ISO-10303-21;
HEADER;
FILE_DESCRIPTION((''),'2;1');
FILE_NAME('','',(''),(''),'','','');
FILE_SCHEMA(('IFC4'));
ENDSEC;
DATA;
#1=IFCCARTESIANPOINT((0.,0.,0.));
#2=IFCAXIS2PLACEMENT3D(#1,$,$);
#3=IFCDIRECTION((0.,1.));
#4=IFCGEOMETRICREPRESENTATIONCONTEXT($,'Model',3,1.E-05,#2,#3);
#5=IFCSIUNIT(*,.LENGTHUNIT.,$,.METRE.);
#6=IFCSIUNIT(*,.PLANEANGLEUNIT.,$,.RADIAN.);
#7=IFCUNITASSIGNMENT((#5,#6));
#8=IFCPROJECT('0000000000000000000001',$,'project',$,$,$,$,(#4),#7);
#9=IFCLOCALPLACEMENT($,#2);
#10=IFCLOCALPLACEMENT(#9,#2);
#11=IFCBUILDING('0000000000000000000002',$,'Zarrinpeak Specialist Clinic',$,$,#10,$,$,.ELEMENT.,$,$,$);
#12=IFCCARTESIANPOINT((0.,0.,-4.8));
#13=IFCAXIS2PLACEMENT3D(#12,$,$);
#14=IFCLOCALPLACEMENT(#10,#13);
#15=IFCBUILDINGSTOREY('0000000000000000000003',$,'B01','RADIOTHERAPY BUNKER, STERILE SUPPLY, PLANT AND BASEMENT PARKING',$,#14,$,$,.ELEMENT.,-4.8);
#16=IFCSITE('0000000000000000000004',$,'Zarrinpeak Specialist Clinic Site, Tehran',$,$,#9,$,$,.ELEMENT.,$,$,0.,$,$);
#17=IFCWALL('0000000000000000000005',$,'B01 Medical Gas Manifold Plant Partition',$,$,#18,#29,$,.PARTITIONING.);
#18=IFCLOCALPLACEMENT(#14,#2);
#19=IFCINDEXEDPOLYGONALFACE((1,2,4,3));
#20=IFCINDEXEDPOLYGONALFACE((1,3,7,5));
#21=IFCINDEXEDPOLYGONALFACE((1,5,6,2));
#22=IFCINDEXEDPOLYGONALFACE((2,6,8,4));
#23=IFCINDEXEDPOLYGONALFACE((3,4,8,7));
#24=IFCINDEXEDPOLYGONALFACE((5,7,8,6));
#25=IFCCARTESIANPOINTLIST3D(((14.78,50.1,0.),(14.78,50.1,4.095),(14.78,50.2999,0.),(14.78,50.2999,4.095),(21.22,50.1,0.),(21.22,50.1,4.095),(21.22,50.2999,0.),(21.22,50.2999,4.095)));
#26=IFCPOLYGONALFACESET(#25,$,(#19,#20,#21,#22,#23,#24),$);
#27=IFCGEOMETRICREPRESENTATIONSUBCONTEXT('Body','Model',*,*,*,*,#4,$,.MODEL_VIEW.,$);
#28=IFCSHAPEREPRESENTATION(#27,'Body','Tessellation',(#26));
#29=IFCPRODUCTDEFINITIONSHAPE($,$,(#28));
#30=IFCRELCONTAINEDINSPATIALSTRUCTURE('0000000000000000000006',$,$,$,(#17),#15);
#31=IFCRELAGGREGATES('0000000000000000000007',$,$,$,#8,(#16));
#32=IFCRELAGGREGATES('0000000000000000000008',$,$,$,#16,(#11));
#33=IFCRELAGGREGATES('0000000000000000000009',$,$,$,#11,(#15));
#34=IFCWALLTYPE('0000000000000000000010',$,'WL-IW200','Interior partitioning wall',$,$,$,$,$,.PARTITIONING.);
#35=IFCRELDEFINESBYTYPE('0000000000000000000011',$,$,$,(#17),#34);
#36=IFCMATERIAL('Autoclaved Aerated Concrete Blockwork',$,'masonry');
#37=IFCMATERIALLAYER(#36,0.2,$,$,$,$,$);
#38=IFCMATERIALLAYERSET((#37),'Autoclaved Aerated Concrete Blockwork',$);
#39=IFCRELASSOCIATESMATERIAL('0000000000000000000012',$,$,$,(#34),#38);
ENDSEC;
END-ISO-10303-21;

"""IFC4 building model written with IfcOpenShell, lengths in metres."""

from ifc_helpers import new_model, si_unit, direction, frame, frame_2d, origin, place, context, subcontext, project, spatial, rectangle, extrude, material, layer, layer_set, type_object, element, save


model = new_model("IFC4")

# Units and contexts
model_context = context("Model", 3, precision=1e-05, world=origin(), true_north=direction((0.0, 1.0)))
body_context = subcontext(model_context, "Body", "Model", "MODEL_VIEW")
ifc_project = project(units=[si_unit("LENGTHUNIT", "METRE"), si_unit("PLANEANGLEUNIT", "RADIAN")], contexts=[model_context])

# Site, building, storey
site_placement = place(None, origin())
site = spatial("IfcSite", under=ifc_project, at=site_placement, Name="Zarrinpeak Specialist Clinic Site, Tehran", CompositionType="ELEMENT", RefElevation=0.0)
building_placement = place(site_placement, origin())
building = spatial("IfcBuilding", under=site, at=building_placement, Name="Zarrinpeak Specialist Clinic", CompositionType="ELEMENT")
storey_placement = place(building_placement, frame((0.0, 0.0, -4.8)))
storey = spatial("IfcBuildingStorey", under=building, at=storey_placement, Name="B01", Description="RADIOTHERAPY BUNKER, STERILE SUPPLY, PLANT AND BASEMENT PARKING", CompositionType="ELEMENT", Elevation=-4.8)

# Wall
ifc_material_1 = material(Name="Autoclaved Aerated Concrete Blockwork", Category="masonry")
ifc_layer_1 = layer(ifc_material_1, 0.2)
ifc_layer_set_1 = layer_set([ifc_layer_1], Name="Autoclaved Aerated Concrete Blockwork")
wall_type_1 = type_object("IfcWallType", Name="WL-IW200", Description="Interior partitioning wall", PredefinedType="PARTITIONING", material=ifc_layer_set_1)
for number, where, z_axis, x_axis, name in (
    (1, (14.78, 50.2, 0.0), (0.0, 0.0, 1.0), (1.0, 0.0, 0.0), "B01 Medical Gas Manifold Plant Partition"),
):
    element("IfcWall", number, at=place(storey_placement, frame(where, z_axis=z_axis, x_axis=x_axis)), inside=storey, type_object=wall_type_1, Name=name, PredefinedType="PARTITIONING", context=body_context, shape_type="SweptSolid", body=[
        extrude(rectangle(XDim=6.4399, YDim=0.2, at=frame_2d((3.22, 0.0))), origin(), (0.0, 0.0, 1.0), 4.095),
    ])

save(model, "model.ifc")
